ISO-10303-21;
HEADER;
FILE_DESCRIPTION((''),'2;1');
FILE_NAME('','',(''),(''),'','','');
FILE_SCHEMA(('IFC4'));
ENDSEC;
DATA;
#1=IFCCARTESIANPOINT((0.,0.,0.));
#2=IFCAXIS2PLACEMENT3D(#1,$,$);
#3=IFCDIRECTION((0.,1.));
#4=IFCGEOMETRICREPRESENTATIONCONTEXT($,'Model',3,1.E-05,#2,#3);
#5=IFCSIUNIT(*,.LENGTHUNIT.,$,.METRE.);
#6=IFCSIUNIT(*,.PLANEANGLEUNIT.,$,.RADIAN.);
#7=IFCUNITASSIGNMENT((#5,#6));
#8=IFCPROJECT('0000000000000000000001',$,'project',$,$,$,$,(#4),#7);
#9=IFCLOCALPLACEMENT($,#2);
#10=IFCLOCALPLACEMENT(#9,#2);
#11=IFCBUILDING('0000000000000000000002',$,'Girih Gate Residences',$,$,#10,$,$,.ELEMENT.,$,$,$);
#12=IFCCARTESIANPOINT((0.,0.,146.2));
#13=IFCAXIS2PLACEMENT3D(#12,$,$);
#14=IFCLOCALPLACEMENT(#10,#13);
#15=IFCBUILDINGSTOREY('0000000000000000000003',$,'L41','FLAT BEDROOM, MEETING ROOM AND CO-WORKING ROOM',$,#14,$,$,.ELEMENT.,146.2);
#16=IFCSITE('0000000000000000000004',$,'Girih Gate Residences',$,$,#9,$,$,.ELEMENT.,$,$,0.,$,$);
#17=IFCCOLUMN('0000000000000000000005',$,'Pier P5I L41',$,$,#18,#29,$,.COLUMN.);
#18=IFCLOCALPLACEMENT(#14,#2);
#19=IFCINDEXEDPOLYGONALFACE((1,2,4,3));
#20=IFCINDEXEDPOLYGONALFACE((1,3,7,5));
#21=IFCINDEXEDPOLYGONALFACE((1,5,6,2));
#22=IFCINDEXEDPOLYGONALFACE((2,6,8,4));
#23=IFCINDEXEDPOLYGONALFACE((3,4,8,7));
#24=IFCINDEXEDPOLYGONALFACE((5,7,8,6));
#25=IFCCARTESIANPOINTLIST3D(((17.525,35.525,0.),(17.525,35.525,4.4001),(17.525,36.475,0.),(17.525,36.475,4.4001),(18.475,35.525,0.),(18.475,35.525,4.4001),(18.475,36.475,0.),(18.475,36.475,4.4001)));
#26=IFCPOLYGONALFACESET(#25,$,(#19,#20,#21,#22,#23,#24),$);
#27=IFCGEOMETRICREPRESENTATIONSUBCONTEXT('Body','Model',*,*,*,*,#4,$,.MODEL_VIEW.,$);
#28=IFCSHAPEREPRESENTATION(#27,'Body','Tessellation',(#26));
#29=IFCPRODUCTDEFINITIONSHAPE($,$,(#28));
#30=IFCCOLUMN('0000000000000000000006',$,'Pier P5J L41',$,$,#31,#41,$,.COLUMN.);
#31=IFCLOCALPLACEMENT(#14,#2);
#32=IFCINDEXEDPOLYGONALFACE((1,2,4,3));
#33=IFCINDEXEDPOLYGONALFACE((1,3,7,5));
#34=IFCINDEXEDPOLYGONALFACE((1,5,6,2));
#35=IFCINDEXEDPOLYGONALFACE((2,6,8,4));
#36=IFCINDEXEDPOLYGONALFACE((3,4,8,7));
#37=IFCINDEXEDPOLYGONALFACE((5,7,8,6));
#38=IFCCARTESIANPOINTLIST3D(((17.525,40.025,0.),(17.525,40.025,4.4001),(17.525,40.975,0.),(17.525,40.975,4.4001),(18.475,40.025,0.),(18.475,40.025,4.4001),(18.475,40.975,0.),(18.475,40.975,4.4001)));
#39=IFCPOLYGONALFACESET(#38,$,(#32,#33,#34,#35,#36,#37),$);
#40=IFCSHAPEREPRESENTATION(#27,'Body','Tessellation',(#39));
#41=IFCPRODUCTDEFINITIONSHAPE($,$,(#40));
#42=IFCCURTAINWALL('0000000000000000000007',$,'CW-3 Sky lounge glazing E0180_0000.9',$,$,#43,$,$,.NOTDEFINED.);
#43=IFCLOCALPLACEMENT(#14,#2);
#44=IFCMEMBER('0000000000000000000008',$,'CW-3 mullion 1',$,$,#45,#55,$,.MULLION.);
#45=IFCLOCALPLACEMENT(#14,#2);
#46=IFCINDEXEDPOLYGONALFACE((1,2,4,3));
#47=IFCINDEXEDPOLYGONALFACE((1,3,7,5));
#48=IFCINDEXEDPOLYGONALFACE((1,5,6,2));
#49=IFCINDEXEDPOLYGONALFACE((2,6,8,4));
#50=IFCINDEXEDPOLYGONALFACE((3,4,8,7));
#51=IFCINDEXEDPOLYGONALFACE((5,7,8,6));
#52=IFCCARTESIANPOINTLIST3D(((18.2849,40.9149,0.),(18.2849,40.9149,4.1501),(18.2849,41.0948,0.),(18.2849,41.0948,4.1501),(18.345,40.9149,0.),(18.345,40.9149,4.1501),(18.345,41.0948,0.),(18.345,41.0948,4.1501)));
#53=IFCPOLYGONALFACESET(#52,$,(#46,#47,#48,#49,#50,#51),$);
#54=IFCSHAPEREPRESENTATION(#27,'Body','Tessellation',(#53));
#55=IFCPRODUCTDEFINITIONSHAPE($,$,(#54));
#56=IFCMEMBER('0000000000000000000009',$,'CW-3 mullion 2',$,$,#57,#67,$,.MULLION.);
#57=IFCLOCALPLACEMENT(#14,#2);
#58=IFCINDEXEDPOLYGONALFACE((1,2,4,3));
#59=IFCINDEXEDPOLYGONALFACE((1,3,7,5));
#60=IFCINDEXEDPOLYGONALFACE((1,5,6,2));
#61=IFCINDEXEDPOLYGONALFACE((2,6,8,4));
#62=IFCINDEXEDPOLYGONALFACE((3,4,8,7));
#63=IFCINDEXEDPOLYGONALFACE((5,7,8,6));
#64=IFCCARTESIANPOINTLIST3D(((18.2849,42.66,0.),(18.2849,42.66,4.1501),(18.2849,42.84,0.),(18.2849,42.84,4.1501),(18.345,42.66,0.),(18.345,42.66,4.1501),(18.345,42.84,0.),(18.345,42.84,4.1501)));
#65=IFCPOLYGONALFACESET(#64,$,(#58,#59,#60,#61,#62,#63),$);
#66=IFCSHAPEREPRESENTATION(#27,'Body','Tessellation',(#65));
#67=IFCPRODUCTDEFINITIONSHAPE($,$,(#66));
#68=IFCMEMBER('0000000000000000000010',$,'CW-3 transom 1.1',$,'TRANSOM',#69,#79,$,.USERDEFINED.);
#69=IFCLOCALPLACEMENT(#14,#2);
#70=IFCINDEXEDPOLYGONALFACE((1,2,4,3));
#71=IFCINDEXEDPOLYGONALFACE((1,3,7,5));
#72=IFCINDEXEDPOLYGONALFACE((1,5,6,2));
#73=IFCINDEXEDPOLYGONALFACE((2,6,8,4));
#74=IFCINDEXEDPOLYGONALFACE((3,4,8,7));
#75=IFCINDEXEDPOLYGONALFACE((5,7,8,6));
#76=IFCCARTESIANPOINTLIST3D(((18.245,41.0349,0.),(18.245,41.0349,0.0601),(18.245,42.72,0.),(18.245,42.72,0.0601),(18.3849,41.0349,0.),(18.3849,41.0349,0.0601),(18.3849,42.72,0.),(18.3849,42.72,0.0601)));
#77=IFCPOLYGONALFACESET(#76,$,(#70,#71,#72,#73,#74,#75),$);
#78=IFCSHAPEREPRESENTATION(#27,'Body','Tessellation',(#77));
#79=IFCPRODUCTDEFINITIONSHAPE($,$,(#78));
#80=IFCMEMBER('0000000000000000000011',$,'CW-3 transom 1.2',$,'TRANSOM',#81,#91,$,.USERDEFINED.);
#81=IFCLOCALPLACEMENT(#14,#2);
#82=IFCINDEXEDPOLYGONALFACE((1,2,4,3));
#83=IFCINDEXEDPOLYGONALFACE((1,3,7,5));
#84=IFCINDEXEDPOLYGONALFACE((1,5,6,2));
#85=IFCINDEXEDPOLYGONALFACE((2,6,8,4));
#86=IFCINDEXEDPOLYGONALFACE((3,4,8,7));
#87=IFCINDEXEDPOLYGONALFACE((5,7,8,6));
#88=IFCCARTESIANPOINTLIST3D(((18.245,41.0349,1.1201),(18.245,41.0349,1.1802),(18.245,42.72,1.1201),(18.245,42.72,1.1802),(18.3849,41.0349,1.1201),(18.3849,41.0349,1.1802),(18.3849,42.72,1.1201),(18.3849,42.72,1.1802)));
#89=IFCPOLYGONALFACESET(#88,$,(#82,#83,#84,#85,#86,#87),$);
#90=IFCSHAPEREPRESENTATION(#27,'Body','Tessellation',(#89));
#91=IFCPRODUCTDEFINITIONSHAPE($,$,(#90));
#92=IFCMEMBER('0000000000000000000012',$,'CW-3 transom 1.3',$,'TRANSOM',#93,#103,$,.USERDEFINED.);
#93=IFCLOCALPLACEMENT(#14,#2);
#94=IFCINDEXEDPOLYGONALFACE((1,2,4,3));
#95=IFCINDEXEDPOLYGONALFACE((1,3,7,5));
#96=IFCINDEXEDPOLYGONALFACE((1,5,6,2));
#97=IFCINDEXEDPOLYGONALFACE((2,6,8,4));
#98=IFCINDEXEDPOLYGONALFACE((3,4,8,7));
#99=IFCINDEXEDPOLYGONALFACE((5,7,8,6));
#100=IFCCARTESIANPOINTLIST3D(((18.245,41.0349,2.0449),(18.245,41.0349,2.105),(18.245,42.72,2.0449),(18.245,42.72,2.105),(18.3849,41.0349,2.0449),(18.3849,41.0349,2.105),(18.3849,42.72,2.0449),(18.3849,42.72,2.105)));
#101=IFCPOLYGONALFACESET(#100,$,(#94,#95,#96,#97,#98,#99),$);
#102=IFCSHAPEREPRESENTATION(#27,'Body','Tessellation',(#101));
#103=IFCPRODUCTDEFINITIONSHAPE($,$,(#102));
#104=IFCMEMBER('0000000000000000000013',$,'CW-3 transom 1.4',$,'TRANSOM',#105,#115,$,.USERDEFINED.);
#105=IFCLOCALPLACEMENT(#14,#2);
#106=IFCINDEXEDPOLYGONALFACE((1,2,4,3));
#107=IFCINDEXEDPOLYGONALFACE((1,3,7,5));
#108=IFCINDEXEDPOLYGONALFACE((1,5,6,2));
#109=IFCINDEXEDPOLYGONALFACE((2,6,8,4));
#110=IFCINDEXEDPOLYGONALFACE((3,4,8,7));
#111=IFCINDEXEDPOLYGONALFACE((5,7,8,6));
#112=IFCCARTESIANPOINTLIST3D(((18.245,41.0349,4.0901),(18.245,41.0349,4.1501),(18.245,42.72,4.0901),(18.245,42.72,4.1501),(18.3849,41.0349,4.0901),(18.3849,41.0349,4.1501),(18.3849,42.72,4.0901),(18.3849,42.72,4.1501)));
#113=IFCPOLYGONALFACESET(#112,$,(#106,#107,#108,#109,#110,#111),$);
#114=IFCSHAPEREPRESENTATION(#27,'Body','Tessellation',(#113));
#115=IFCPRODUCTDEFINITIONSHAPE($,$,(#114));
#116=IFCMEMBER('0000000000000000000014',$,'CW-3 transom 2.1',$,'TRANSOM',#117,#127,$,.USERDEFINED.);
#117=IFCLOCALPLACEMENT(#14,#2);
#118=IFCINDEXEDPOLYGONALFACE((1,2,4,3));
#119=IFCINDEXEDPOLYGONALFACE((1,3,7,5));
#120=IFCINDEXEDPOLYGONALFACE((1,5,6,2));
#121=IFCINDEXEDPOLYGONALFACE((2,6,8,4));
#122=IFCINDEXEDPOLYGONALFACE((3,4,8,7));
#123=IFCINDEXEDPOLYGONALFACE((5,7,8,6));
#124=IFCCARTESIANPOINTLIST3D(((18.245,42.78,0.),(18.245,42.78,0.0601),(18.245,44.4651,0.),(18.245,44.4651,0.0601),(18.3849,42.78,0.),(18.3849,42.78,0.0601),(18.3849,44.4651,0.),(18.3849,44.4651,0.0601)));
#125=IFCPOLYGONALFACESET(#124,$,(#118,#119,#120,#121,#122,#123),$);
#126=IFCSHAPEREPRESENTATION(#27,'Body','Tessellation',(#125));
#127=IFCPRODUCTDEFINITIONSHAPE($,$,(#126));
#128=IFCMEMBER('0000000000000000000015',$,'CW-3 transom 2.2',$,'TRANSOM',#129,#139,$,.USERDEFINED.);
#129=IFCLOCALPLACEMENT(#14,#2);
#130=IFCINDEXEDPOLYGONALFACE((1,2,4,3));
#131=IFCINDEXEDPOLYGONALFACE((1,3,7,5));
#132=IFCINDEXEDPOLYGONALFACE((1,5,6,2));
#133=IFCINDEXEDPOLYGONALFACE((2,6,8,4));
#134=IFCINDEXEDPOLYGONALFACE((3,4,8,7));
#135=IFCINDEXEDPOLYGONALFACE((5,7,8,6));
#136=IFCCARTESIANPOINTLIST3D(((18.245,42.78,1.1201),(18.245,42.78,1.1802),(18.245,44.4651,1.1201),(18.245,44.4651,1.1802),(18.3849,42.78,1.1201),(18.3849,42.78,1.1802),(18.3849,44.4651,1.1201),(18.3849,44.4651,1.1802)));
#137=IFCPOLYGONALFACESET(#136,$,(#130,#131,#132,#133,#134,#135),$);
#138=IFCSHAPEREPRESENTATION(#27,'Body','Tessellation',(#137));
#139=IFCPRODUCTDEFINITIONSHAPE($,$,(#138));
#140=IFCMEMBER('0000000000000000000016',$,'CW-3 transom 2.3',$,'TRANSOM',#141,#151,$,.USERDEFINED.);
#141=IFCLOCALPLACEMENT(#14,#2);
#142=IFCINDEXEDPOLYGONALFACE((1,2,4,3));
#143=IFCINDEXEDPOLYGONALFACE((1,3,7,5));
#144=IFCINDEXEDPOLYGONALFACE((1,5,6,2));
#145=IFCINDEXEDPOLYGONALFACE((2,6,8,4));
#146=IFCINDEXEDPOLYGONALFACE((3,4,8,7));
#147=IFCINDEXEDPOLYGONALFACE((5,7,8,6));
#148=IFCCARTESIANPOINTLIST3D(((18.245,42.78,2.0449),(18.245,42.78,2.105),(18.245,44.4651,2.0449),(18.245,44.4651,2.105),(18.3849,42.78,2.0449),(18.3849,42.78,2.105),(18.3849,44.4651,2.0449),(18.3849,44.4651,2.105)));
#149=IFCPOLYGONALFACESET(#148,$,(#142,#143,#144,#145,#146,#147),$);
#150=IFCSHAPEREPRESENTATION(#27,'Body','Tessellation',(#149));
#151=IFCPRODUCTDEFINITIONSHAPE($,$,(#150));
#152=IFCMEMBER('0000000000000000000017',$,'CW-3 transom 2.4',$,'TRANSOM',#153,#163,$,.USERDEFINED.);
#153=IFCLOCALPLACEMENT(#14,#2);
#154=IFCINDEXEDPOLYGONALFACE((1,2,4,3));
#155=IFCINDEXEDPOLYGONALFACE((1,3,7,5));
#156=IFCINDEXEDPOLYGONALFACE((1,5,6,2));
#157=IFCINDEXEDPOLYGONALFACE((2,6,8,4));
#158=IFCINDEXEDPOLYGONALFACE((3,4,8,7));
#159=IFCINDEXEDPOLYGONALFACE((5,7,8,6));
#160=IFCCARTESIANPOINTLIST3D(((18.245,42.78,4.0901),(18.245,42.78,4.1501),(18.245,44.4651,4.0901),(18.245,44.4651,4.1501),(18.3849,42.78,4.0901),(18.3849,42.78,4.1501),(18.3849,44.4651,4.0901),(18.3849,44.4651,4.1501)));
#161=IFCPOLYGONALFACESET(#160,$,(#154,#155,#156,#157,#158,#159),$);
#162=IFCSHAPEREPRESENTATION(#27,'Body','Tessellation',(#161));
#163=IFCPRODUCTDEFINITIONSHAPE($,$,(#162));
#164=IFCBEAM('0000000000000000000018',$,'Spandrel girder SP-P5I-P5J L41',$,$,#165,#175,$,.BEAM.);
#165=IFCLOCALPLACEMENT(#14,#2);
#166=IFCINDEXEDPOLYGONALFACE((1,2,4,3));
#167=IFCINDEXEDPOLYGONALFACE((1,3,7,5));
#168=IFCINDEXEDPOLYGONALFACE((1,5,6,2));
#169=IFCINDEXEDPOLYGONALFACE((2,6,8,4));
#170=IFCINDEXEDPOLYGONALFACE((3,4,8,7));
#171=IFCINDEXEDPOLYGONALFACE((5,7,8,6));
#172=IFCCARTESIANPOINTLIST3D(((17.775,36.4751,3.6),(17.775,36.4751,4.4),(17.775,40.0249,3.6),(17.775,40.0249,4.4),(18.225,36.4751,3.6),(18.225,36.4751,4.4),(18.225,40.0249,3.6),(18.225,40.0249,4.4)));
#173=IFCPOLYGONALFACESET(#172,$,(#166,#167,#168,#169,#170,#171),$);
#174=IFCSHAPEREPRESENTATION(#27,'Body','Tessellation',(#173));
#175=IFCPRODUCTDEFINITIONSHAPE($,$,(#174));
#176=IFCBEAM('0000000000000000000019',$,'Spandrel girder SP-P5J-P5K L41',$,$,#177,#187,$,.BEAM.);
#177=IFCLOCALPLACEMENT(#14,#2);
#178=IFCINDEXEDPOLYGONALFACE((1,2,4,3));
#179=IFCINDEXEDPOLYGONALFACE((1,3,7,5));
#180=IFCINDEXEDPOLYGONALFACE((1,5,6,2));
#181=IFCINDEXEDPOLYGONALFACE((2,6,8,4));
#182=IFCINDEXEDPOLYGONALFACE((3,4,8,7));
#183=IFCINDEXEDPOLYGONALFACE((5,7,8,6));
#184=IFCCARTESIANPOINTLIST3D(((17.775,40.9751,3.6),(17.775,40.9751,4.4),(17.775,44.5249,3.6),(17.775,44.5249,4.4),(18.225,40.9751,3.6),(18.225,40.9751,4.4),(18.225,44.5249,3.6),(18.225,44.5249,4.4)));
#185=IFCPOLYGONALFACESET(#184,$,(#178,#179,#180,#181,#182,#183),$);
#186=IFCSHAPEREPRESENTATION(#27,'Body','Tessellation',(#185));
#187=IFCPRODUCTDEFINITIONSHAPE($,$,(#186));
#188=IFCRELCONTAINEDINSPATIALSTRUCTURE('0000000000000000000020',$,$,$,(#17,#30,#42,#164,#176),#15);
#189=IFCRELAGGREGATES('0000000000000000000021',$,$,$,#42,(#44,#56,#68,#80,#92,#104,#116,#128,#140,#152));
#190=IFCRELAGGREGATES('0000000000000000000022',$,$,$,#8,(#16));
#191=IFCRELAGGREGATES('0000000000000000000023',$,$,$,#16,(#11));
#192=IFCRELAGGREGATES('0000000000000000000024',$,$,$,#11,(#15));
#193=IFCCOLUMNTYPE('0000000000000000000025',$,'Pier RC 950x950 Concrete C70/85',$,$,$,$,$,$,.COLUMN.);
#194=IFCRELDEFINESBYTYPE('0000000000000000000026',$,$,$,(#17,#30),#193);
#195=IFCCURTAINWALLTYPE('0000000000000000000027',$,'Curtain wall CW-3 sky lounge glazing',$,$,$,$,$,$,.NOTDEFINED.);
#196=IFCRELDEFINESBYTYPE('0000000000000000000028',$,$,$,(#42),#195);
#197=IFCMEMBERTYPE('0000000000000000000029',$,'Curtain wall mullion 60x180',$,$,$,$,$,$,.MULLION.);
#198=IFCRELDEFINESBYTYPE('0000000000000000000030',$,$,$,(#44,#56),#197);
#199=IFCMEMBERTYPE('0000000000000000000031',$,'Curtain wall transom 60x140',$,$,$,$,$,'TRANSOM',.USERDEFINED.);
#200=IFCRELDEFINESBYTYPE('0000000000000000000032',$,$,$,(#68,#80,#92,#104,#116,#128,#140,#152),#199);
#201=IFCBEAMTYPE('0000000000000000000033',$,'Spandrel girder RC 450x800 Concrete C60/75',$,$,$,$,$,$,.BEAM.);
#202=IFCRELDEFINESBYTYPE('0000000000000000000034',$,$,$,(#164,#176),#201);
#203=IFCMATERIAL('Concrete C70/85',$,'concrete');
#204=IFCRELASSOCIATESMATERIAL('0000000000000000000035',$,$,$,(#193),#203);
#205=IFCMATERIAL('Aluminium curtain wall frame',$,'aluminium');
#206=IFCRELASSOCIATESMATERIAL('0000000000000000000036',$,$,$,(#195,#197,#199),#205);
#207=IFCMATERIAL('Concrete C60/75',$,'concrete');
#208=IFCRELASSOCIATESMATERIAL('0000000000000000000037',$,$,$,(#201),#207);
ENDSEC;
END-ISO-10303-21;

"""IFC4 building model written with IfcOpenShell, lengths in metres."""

from ifc_helpers import new_model, si_unit, direction, frame, origin, origin_2d, place, context, subcontext, project, spatial, rectangle, extrude, material, material_profile, profile_set, type_object, element, aggregate, save


model = new_model("IFC4")

# Units and contexts
model_context = context("Model", 3, precision=1e-05, world=origin(), true_north=direction((0.0, 1.0)))
body_context = subcontext(model_context, "Body", "Model", "MODEL_VIEW")
ifc_project = project(units=[si_unit("LENGTHUNIT", "METRE"), si_unit("PLANEANGLEUNIT", "RADIAN")], contexts=[model_context])

# Site, building, storey
site_placement = place(None, origin())
site = spatial("IfcSite", under=ifc_project, at=site_placement, Name="Girih Gate Residences", CompositionType="ELEMENT", RefElevation=0.0)
building_placement = place(site_placement, origin())
building = spatial("IfcBuilding", under=site, at=building_placement, Name="Girih Gate Residences", CompositionType="ELEMENT")
storey_placement = place(building_placement, frame((0.0, 0.0, 146.2)))
storey = spatial("IfcBuildingStorey", under=building, at=storey_placement, Name="L41", Description="FLAT BEDROOM, MEETING ROOM AND CO-WORKING ROOM", CompositionType="ELEMENT", Elevation=146.2)

# Columns
ifc_material_1 = material(Name="Concrete C70/85", Category="concrete")
ifc_material_profile_1 = material_profile(ifc_material_1, rectangle(XDim=0.95, YDim=0.95, at=origin_2d()))
ifc_profile_set_1 = profile_set([ifc_material_profile_1], Name="Concrete C70/85")
column_type = type_object("IfcColumnType", Name="Pier RC 950x950 Concrete C70/85", PredefinedType="COLUMN", material=ifc_profile_set_1)
for number, where, z_axis, x_axis, name in (
    (1, (18.0, 36.0, 0.0), (0.0, 0.0, 1.0), (1.0, 0.0, 0.0), "Pier P5I L41"),
    (2, (18.0, 40.5, 0.0), (0.0, 0.0, 1.0), (1.0, 0.0, 0.0), "Pier P5J L41"),
):
    element("IfcColumn", number, at=place(storey_placement, frame(where, z_axis=z_axis, x_axis=x_axis)), inside=storey, type_object=column_type, Name=name, PredefinedType="COLUMN", context=body_context, shape_type="SweptSolid", body=[
        extrude(rectangle(XDim=0.95, YDim=0.95, at=origin_2d()), origin(), (0.0, 0.0, 1.0), 4.4001),
    ])

# Curtain wall, members
ifc_material_2 = material(Name="Aluminium curtain wall frame", Category="aluminium")
curtain_wall_type = type_object("IfcCurtainWallType", Name="Curtain wall CW-3 sky lounge glazing", PredefinedType="NOTDEFINED", material=ifc_material_2)
curtain_wall_placement = place(storey_placement, origin())
curtain_wall = element("IfcCurtainWall", 3, at=curtain_wall_placement, inside=storey, type_object=curtain_wall_type, Name="CW-3 Sky lounge glazing E0180_0000.9", PredefinedType="NOTDEFINED")
ifc_material_profile_2 = material_profile(ifc_material_2, rectangle(XDim=0.0601, YDim=0.1799, at=origin_2d()))
ifc_profile_set_2 = profile_set([ifc_material_profile_2], Name="Aluminium curtain wall frame")
member_type_1 = type_object("IfcMemberType", Name="Curtain wall mullion 60x180", PredefinedType="MULLION", material=ifc_profile_set_2)
member_1_placement = place(storey_placement, frame((18.3149, 41.0049, 0.0), z_axis=(0.0, 0.0, 1.0), x_axis=(-1.0, 0.0, 0.0)))
member_1 = element("IfcMember", 4, at=member_1_placement, type_object=member_type_1, Name="CW-3 mullion 1", PredefinedType="MULLION", context=body_context, shape_type="SweptSolid", body=[
    extrude(rectangle(XDim=0.0601, YDim=0.1799, at=origin_2d()), origin(), (0.0, 0.0, 1.0), 4.1501),
])
member_2_placement = place(storey_placement, frame((18.3149, 42.75, 0.0), z_axis=(0.0, 0.0, 1.0), x_axis=(-1.0, 0.0, 0.0)))
member_2 = element("IfcMember", 5, at=member_2_placement, type_object=member_type_1, Name="CW-3 mullion 2", PredefinedType="MULLION", context=body_context, shape_type="SweptSolid", body=[
    extrude(rectangle(XDim=0.0601, YDim=0.1799, at=origin_2d()), origin(), (0.0, 0.0, 1.0), 4.1501),
])
ifc_material_profile_3 = material_profile(ifc_material_2, rectangle(XDim=0.1399, YDim=0.0601, at=origin_2d()))
ifc_profile_set_3 = profile_set([ifc_material_profile_3], Name="Aluminium curtain wall frame")
member_type_2 = type_object("IfcMemberType", Name="Curtain wall transom 60x140", ElementType="TRANSOM", PredefinedType="USERDEFINED", material=ifc_profile_set_3)
member_3_placement = place(storey_placement, frame((18.3149, 41.0349, 0.03), z_axis=(0.0, 1.0, 0.0), x_axis=(-1.0, 0.0, 0.0)))
member_3 = element("IfcMember", 6, at=member_3_placement, type_object=member_type_2, Name="CW-3 transom 1.1", ObjectType="TRANSOM", PredefinedType="USERDEFINED", context=body_context, shape_type="SweptSolid", body=[
    extrude(rectangle(XDim=0.1399, YDim=0.0601, at=origin_2d()), origin(), (0.0, 0.0, 1.0), 1.6851),
])
member_4_placement = place(storey_placement, frame((18.3149, 41.0349, 1.1501), z_axis=(0.0, 1.0, 0.0), x_axis=(-1.0, 0.0, 0.0)))
member_4 = element("IfcMember", 7, at=member_4_placement, type_object=member_type_2, Name="CW-3 transom 1.2", ObjectType="TRANSOM", PredefinedType="USERDEFINED", context=body_context, shape_type="SweptSolid", body=[
    extrude(rectangle(XDim=0.1399, YDim=0.0601, at=origin_2d()), origin(), (0.0, 0.0, 1.0), 1.6851),
])
member_5_placement = place(storey_placement, frame((18.3149, 41.0349, 2.075), z_axis=(0.0, 1.0, 0.0), x_axis=(-1.0, 0.0, 0.0)))
member_5 = element("IfcMember", 8, at=member_5_placement, type_object=member_type_2, Name="CW-3 transom 1.3", ObjectType="TRANSOM", PredefinedType="USERDEFINED", context=body_context, shape_type="SweptSolid", body=[
    extrude(rectangle(XDim=0.1399, YDim=0.0601, at=origin_2d()), origin(), (0.0, 0.0, 1.0), 1.6851),
])
member_6_placement = place(storey_placement, frame((18.3149, 41.0349, 4.1201), z_axis=(0.0, 1.0, 0.0), x_axis=(-1.0, 0.0, 0.0)))
member_6 = element("IfcMember", 9, at=member_6_placement, type_object=member_type_2, Name="CW-3 transom 1.4", ObjectType="TRANSOM", PredefinedType="USERDEFINED", context=body_context, shape_type="SweptSolid", body=[
    extrude(rectangle(XDim=0.1399, YDim=0.0601, at=origin_2d()), origin(), (0.0, 0.0, 1.0), 1.6851),
])
member_7_placement = place(storey_placement, frame((18.3149, 42.78, 0.03), z_axis=(0.0, 1.0, 0.0), x_axis=(-1.0, 0.0, 0.0)))
member_7 = element("IfcMember", 10, at=member_7_placement, type_object=member_type_2, Name="CW-3 transom 2.1", ObjectType="TRANSOM", PredefinedType="USERDEFINED", context=body_context, shape_type="SweptSolid", body=[
    extrude(rectangle(XDim=0.1399, YDim=0.0601, at=origin_2d()), origin(), (0.0, 0.0, 1.0), 1.6851),
])
member_8_placement = place(storey_placement, frame((18.3149, 42.78, 1.1501), z_axis=(0.0, 1.0, 0.0), x_axis=(-1.0, 0.0, 0.0)))
member_8 = element("IfcMember", 11, at=member_8_placement, type_object=member_type_2, Name="CW-3 transom 2.2", ObjectType="TRANSOM", PredefinedType="USERDEFINED", context=body_context, shape_type="SweptSolid", body=[
    extrude(rectangle(XDim=0.1399, YDim=0.0601, at=origin_2d()), origin(), (0.0, 0.0, 1.0), 1.6851),
])
member_9_placement = place(storey_placement, frame((18.3149, 42.78, 2.075), z_axis=(0.0, 1.0, 0.0), x_axis=(-1.0, 0.0, 0.0)))
member_9 = element("IfcMember", 12, at=member_9_placement, type_object=member_type_2, Name="CW-3 transom 2.3", ObjectType="TRANSOM", PredefinedType="USERDEFINED", context=body_context, shape_type="SweptSolid", body=[
    extrude(rectangle(XDim=0.1399, YDim=0.0601, at=origin_2d()), origin(), (0.0, 0.0, 1.0), 1.6851),
])
member_10_placement = place(storey_placement, frame((18.3149, 42.78, 4.1201), z_axis=(0.0, 1.0, 0.0), x_axis=(-1.0, 0.0, 0.0)))
member_10 = element("IfcMember", 13, at=member_10_placement, type_object=member_type_2, Name="CW-3 transom 2.4", ObjectType="TRANSOM", PredefinedType="USERDEFINED", context=body_context, shape_type="SweptSolid", body=[
    extrude(rectangle(XDim=0.1399, YDim=0.0601, at=origin_2d()), origin(), (0.0, 0.0, 1.0), 1.6851),
])

# Beams
ifc_material_3 = material(Name="Concrete C60/75", Category="concrete")
ifc_material_profile_4 = material_profile(ifc_material_3, rectangle(XDim=0.45, YDim=0.8, at=origin_2d()))
ifc_profile_set_4 = profile_set([ifc_material_profile_4], Name="Concrete C60/75")
beam_type = type_object("IfcBeamType", Name="Spandrel girder RC 450x800 Concrete C60/75", PredefinedType="BEAM", material=ifc_profile_set_4)
for number, where, z_axis, x_axis, name in (
    (14, (18.0, 36.4751, 4.0), (0.0, 1.0, 0.0), (-1.0, 0.0, 0.0), "Spandrel girder SP-P5I-P5J L41"),
    (15, (18.0, 40.9751, 4.0), (0.0, 1.0, 0.0), (-1.0, 0.0, 0.0), "Spandrel girder SP-P5J-P5K L41"),
):
    element("IfcBeam", number, at=place(storey_placement, frame(where, z_axis=z_axis, x_axis=x_axis)), inside=storey, type_object=beam_type, Name=name, PredefinedType="BEAM", context=body_context, shape_type="SweptSolid", body=[
        extrude(rectangle(XDim=0.45, YDim=0.8, at=origin_2d()), origin(), (0.0, 0.0, 1.0), 3.5498),
    ])

aggregate(curtain_wall, [member_1, member_2, member_3, member_4, member_5, member_6, member_7, member_8, member_9, member_10])

save(model, "model.ifc")
